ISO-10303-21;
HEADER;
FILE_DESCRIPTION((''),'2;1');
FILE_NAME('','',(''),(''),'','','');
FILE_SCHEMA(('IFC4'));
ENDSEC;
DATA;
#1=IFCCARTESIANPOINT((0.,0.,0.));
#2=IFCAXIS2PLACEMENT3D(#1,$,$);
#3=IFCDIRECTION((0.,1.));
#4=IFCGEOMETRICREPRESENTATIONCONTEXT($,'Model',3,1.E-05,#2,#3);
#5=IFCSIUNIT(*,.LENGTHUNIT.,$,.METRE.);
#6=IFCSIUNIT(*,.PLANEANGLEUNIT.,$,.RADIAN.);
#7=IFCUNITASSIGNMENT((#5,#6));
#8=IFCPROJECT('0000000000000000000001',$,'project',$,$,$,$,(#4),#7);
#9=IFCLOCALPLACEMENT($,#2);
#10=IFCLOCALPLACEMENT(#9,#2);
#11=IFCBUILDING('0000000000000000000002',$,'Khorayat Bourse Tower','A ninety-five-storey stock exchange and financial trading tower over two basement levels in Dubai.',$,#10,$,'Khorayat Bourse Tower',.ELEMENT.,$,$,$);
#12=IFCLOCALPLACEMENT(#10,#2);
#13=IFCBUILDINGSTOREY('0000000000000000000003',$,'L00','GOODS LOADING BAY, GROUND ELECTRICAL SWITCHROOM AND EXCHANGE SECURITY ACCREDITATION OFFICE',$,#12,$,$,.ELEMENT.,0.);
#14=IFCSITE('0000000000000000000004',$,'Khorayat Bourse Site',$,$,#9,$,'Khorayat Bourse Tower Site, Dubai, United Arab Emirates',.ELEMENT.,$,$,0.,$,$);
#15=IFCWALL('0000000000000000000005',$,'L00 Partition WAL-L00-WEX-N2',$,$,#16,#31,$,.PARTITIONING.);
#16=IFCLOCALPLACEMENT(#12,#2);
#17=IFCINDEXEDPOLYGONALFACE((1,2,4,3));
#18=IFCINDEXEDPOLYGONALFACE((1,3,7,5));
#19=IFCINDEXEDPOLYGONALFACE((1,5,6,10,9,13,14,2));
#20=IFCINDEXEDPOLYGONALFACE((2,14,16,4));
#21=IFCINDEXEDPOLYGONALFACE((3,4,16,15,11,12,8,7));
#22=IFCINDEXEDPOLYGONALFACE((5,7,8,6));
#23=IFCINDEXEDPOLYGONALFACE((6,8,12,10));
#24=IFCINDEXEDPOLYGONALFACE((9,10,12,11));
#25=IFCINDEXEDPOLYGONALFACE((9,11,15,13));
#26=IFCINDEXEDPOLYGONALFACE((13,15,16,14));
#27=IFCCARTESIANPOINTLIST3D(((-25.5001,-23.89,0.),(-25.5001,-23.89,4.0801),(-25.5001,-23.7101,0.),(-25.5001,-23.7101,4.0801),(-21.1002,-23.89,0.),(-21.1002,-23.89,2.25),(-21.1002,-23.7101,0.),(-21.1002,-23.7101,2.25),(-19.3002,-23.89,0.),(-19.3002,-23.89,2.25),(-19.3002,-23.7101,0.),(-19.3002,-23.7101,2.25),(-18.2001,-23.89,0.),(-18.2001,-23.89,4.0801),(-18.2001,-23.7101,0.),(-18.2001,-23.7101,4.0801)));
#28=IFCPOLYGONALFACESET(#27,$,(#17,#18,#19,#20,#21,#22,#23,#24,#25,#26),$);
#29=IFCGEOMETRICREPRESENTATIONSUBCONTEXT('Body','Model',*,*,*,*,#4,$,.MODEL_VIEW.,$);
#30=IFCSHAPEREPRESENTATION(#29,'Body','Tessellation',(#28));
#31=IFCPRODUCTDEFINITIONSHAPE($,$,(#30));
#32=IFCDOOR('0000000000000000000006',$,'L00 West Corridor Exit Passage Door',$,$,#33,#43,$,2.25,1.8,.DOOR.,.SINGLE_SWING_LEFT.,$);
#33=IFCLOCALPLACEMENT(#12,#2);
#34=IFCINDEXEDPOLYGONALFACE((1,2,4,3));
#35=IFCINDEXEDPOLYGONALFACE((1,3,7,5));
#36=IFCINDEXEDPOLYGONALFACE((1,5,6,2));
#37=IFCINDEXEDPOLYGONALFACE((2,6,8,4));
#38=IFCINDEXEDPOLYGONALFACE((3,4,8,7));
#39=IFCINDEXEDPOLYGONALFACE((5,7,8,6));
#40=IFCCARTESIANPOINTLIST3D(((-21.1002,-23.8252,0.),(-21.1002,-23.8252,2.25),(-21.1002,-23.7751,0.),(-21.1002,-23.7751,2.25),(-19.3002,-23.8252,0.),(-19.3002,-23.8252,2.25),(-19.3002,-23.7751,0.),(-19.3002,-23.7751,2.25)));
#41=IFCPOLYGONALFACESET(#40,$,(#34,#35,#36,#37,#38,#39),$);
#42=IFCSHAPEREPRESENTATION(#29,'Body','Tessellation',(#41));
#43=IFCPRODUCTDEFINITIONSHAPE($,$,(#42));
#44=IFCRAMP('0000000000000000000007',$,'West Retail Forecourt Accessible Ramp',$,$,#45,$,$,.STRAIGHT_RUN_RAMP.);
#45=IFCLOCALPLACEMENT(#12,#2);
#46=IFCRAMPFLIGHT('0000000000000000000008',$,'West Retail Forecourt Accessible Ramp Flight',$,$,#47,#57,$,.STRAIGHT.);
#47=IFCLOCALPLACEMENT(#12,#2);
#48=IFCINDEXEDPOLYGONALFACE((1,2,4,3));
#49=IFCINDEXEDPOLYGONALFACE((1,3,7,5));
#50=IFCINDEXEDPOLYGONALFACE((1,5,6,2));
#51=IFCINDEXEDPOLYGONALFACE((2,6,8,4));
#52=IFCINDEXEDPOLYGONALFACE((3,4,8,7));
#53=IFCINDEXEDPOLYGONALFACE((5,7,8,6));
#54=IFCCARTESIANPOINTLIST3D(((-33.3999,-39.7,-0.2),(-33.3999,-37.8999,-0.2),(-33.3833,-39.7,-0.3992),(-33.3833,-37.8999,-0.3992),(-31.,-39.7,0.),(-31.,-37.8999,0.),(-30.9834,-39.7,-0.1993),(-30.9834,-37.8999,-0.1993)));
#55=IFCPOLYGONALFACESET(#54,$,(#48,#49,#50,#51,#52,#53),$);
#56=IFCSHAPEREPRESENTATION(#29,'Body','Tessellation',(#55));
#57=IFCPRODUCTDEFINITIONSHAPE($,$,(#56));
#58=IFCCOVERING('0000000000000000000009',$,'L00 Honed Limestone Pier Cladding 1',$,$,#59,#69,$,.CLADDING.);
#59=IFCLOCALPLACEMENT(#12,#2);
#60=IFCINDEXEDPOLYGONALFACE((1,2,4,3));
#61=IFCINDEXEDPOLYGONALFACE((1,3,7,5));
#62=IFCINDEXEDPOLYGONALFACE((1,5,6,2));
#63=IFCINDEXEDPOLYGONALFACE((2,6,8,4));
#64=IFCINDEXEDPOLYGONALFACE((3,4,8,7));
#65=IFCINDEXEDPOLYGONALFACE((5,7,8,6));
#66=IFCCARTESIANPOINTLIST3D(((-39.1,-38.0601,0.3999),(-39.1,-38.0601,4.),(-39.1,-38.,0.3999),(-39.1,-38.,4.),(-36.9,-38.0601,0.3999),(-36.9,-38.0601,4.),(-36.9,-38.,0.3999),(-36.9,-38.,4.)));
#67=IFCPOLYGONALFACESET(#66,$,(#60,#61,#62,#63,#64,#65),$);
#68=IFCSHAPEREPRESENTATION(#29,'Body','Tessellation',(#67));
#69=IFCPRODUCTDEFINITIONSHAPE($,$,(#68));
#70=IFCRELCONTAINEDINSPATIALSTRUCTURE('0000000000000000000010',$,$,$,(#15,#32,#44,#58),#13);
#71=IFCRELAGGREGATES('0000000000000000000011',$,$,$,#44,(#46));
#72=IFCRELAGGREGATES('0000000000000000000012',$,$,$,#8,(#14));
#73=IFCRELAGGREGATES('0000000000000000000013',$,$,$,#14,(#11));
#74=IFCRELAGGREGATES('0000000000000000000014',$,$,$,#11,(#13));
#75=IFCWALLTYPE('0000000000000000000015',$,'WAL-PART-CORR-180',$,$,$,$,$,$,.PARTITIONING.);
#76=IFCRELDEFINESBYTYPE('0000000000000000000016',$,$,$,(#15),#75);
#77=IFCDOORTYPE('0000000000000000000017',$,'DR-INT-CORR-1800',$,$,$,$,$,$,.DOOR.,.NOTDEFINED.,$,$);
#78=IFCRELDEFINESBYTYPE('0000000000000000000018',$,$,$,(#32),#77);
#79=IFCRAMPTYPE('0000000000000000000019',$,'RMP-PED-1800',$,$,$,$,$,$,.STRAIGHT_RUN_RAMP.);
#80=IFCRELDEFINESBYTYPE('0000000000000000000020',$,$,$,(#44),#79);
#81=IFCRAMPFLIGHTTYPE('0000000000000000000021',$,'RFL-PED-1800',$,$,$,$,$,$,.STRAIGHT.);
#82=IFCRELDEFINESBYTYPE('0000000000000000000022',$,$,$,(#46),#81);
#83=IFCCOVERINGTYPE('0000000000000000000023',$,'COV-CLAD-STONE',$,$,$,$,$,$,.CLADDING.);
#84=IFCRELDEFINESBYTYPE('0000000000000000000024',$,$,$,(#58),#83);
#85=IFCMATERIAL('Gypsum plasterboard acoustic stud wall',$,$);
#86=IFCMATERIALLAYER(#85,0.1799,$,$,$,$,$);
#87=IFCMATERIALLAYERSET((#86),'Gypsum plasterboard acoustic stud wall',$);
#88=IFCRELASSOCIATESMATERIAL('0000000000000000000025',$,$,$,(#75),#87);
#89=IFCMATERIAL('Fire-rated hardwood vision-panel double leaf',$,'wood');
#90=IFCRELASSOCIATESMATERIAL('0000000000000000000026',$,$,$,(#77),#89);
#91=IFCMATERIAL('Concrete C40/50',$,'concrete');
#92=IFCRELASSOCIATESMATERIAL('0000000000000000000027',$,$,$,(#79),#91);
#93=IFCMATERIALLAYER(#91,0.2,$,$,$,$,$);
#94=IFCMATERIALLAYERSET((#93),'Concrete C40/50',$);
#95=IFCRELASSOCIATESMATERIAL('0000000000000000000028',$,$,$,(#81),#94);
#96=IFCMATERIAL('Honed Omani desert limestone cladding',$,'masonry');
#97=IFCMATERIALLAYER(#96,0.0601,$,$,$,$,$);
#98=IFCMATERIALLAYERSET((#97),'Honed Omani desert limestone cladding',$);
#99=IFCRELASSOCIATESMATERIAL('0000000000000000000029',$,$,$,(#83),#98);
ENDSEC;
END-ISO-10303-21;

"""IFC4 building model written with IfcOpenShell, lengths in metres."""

from ifc_helpers import new_model, si_unit, direction, frame, frame_2d, origin, origin_2d, place, context, subcontext, project, spatial, polyline, rectangle, outline, extrude, source, transform, mapped, material, layer, layer_set, type_object, element, fill, aggregate, save


model = new_model("IFC4")

# Units and contexts
model_context = context("Model", 3, precision=1e-05, world=origin(), true_north=direction((0.0, 1.0)))
body_context = subcontext(model_context, "Body", "Model", "MODEL_VIEW")
ifc_project = project(units=[si_unit("LENGTHUNIT", "METRE"), si_unit("PLANEANGLEUNIT", "RADIAN")], contexts=[model_context])

# Site, building, storey
site_placement = place(None, origin())
site = spatial("IfcSite", under=ifc_project, at=site_placement, Name="Khorayat Bourse Site", LongName="Khorayat Bourse Tower Site, Dubai, United Arab Emirates", CompositionType="ELEMENT", RefElevation=0.0)
building_placement = place(site_placement, origin())
building = spatial("IfcBuilding", under=site, at=building_placement, Name="Khorayat Bourse Tower", Description="A ninety-five-storey stock exchange and financial trading tower over two basement levels in Dubai.", LongName="Khorayat Bourse Tower", CompositionType="ELEMENT")
storey_placement = place(building_placement, origin())
storey = spatial("IfcBuildingStorey", under=building, at=storey_placement, Name="L00", Description="GOODS LOADING BAY, GROUND ELECTRICAL SWITCHROOM AND EXCHANGE SECURITY ACCREDITATION OFFICE", CompositionType="ELEMENT", Elevation=0.0)

# Wall, opening, door
ifc_material_1 = material(Name="Gypsum plasterboard acoustic stud wall")
ifc_layer_1 = layer(ifc_material_1, 0.1799)
ifc_layer_set_1 = layer_set([ifc_layer_1], Name="Gypsum plasterboard acoustic stud wall")
wall_type = type_object("IfcWallType", Name="WAL-PART-CORR-180", PredefinedType="PARTITIONING", material=ifc_layer_set_1)
shared_shape_1 = source(origin(), body_context, "Body", "SweptSolid", [
    extrude(rectangle(XDim=7.3, YDim=0.1799, at=frame_2d((3.6499, 0.0))), origin(), (0.0, 0.0, 1.0), 4.0801),
])
wall_placement = place(storey_placement, frame((-25.5, -23.8, 0.0), z_axis=(0.0, 0.0, 1.0), x_axis=(1.0, 0.0, 0.0)))
wall = element("IfcWall", 1, at=wall_placement, inside=storey, type_object=wall_type, Name="L00 Partition WAL-L00-WEX-N2", PredefinedType="PARTITIONING", context=body_context, shape_type="MappedRepresentation", body=[
    mapped(shared_shape_1, transform((0.0, 0.0, 0.0), scale=1.0)),
])
shared_shape_2 = source(origin(), body_context, "Body", "SweptSolid", [
    extrude(rectangle(XDim=1.8, YDim=2.25, at=frame_2d((0.8999, 1.125))), frame((0.0, 0.0999, 0.0), z_axis=(0.0, -1.0, 0.0), x_axis=(1.0, 0.0, 0.0)), (0.0, 0.0, 1.0), 0.2),
])
opening_placement = place(wall_placement, frame((4.3999, 0.0, 0.0)))
opening = element("IfcOpeningElement", 2, at=opening_placement, cuts=wall, PredefinedType="OPENING", context=body_context, shape_type="MappedRepresentation", body=[
    mapped(shared_shape_2, transform((0.0, 0.0, 0.0), scale=1.0)),
])
ifc_material_2 = material(Name="Fire-rated hardwood vision-panel double leaf", Category="wood")
door_type = type_object("IfcDoorType", Name="DR-INT-CORR-1800", OperationType="NOTDEFINED", PredefinedType="DOOR", material=ifc_material_2)
shared_shape_3 = source(origin(), body_context, "Body", "SweptSolid", [
    extrude(rectangle(XDim=1.8, YDim=2.25, at=frame_2d((0.8999, 1.125))), frame((0.0, 0.0249, 0.0), z_axis=(0.0, -1.0, 0.0), x_axis=(1.0, 0.0, 0.0)), (0.0, 0.0, 1.0), 0.05),
])
door_placement = place(opening_placement, origin())
door = element("IfcDoor", 3, at=door_placement, inside=storey, type_object=door_type, Name="L00 West Corridor Exit Passage Door", OperationType="SINGLE_SWING_LEFT", OverallHeight=2.25, OverallWidth=1.8, PredefinedType="DOOR", context=body_context, shape_type="MappedRepresentation", body=[
    mapped(shared_shape_3, transform((0.0, 0.0, 0.0), scale=1.0)),
])
fill(opening, door)

# Ramp, ramp flight
ifc_material_3 = material(Name="Concrete C40/50", Category="concrete")
ramp_type = type_object("IfcRampType", Name="RMP-PED-1800", PredefinedType="STRAIGHT_RUN_RAMP", material=ifc_material_3)
ramp_placement = place(storey_placement, origin())
ramp = element("IfcRamp", 4, at=ramp_placement, inside=storey, type_object=ramp_type, Name="West Retail Forecourt Accessible Ramp", PredefinedType="STRAIGHT_RUN_RAMP")
ifc_layer_2 = layer(ifc_material_3, 0.2)
ifc_layer_set_2 = layer_set([ifc_layer_2], Name="Concrete C40/50")
ramp_flight_type = type_object("IfcRampFlightType", Name="RFL-PED-1800", PredefinedType="STRAIGHT", material=ifc_layer_set_2)
ramp_flight_placement = place(storey_placement, frame((-33.3999, -39.7, -0.2), z_axis=(-0.083029, 0.0, 0.996547), x_axis=(0.996547, 0.0, 0.083029)))
ramp_flight = element("IfcRampFlight", 5, at=ramp_flight_placement, type_object=ramp_flight_type, Name="West Retail Forecourt Accessible Ramp Flight", PredefinedType="STRAIGHT", context=body_context, shape_type="SweptSolid", body=[
    extrude(outline(polyline([(0.0, 0.0), (2.4082, 0.0), (2.4082, 1.8), (0.0, 1.8), (0.0, 0.0)])), origin(), (0.0, 0.0, -1.0), 0.2),
])
aggregate(ramp, [ramp_flight])

# Covering
ifc_material_4 = material(Name="Honed Omani desert limestone cladding", Category="masonry")
ifc_layer_3 = layer(ifc_material_4, 0.0601)
ifc_layer_set_3 = layer_set([ifc_layer_3], Name="Honed Omani desert limestone cladding")
covering_type = type_object("IfcCoveringType", Name="COV-CLAD-STONE", PredefinedType="CLADDING", material=ifc_layer_set_3)
shared_shape_4 = source(origin(), body_context, "Body", "SweptSolid", [
    extrude(rectangle(XDim=2.2, YDim=0.0601, at=origin_2d()), origin(), (0.0, 0.0, 1.0), 3.6001),
])
covering_placement = place(storey_placement, frame((-38.0, -38.03, 0.3999), z_axis=(0.0, 0.0, 1.0), x_axis=(1.0, 0.0, 0.0)))
element("IfcCovering", 6, at=covering_placement, inside=storey, type_object=covering_type, Name="L00 Honed Limestone Pier Cladding 1", PredefinedType="CLADDING", context=body_context, shape_type="MappedRepresentation", body=[
    mapped(shared_shape_4, transform((0.0, 0.0, 0.0), scale=1.0)),
])

save(model, "model.ifc")
